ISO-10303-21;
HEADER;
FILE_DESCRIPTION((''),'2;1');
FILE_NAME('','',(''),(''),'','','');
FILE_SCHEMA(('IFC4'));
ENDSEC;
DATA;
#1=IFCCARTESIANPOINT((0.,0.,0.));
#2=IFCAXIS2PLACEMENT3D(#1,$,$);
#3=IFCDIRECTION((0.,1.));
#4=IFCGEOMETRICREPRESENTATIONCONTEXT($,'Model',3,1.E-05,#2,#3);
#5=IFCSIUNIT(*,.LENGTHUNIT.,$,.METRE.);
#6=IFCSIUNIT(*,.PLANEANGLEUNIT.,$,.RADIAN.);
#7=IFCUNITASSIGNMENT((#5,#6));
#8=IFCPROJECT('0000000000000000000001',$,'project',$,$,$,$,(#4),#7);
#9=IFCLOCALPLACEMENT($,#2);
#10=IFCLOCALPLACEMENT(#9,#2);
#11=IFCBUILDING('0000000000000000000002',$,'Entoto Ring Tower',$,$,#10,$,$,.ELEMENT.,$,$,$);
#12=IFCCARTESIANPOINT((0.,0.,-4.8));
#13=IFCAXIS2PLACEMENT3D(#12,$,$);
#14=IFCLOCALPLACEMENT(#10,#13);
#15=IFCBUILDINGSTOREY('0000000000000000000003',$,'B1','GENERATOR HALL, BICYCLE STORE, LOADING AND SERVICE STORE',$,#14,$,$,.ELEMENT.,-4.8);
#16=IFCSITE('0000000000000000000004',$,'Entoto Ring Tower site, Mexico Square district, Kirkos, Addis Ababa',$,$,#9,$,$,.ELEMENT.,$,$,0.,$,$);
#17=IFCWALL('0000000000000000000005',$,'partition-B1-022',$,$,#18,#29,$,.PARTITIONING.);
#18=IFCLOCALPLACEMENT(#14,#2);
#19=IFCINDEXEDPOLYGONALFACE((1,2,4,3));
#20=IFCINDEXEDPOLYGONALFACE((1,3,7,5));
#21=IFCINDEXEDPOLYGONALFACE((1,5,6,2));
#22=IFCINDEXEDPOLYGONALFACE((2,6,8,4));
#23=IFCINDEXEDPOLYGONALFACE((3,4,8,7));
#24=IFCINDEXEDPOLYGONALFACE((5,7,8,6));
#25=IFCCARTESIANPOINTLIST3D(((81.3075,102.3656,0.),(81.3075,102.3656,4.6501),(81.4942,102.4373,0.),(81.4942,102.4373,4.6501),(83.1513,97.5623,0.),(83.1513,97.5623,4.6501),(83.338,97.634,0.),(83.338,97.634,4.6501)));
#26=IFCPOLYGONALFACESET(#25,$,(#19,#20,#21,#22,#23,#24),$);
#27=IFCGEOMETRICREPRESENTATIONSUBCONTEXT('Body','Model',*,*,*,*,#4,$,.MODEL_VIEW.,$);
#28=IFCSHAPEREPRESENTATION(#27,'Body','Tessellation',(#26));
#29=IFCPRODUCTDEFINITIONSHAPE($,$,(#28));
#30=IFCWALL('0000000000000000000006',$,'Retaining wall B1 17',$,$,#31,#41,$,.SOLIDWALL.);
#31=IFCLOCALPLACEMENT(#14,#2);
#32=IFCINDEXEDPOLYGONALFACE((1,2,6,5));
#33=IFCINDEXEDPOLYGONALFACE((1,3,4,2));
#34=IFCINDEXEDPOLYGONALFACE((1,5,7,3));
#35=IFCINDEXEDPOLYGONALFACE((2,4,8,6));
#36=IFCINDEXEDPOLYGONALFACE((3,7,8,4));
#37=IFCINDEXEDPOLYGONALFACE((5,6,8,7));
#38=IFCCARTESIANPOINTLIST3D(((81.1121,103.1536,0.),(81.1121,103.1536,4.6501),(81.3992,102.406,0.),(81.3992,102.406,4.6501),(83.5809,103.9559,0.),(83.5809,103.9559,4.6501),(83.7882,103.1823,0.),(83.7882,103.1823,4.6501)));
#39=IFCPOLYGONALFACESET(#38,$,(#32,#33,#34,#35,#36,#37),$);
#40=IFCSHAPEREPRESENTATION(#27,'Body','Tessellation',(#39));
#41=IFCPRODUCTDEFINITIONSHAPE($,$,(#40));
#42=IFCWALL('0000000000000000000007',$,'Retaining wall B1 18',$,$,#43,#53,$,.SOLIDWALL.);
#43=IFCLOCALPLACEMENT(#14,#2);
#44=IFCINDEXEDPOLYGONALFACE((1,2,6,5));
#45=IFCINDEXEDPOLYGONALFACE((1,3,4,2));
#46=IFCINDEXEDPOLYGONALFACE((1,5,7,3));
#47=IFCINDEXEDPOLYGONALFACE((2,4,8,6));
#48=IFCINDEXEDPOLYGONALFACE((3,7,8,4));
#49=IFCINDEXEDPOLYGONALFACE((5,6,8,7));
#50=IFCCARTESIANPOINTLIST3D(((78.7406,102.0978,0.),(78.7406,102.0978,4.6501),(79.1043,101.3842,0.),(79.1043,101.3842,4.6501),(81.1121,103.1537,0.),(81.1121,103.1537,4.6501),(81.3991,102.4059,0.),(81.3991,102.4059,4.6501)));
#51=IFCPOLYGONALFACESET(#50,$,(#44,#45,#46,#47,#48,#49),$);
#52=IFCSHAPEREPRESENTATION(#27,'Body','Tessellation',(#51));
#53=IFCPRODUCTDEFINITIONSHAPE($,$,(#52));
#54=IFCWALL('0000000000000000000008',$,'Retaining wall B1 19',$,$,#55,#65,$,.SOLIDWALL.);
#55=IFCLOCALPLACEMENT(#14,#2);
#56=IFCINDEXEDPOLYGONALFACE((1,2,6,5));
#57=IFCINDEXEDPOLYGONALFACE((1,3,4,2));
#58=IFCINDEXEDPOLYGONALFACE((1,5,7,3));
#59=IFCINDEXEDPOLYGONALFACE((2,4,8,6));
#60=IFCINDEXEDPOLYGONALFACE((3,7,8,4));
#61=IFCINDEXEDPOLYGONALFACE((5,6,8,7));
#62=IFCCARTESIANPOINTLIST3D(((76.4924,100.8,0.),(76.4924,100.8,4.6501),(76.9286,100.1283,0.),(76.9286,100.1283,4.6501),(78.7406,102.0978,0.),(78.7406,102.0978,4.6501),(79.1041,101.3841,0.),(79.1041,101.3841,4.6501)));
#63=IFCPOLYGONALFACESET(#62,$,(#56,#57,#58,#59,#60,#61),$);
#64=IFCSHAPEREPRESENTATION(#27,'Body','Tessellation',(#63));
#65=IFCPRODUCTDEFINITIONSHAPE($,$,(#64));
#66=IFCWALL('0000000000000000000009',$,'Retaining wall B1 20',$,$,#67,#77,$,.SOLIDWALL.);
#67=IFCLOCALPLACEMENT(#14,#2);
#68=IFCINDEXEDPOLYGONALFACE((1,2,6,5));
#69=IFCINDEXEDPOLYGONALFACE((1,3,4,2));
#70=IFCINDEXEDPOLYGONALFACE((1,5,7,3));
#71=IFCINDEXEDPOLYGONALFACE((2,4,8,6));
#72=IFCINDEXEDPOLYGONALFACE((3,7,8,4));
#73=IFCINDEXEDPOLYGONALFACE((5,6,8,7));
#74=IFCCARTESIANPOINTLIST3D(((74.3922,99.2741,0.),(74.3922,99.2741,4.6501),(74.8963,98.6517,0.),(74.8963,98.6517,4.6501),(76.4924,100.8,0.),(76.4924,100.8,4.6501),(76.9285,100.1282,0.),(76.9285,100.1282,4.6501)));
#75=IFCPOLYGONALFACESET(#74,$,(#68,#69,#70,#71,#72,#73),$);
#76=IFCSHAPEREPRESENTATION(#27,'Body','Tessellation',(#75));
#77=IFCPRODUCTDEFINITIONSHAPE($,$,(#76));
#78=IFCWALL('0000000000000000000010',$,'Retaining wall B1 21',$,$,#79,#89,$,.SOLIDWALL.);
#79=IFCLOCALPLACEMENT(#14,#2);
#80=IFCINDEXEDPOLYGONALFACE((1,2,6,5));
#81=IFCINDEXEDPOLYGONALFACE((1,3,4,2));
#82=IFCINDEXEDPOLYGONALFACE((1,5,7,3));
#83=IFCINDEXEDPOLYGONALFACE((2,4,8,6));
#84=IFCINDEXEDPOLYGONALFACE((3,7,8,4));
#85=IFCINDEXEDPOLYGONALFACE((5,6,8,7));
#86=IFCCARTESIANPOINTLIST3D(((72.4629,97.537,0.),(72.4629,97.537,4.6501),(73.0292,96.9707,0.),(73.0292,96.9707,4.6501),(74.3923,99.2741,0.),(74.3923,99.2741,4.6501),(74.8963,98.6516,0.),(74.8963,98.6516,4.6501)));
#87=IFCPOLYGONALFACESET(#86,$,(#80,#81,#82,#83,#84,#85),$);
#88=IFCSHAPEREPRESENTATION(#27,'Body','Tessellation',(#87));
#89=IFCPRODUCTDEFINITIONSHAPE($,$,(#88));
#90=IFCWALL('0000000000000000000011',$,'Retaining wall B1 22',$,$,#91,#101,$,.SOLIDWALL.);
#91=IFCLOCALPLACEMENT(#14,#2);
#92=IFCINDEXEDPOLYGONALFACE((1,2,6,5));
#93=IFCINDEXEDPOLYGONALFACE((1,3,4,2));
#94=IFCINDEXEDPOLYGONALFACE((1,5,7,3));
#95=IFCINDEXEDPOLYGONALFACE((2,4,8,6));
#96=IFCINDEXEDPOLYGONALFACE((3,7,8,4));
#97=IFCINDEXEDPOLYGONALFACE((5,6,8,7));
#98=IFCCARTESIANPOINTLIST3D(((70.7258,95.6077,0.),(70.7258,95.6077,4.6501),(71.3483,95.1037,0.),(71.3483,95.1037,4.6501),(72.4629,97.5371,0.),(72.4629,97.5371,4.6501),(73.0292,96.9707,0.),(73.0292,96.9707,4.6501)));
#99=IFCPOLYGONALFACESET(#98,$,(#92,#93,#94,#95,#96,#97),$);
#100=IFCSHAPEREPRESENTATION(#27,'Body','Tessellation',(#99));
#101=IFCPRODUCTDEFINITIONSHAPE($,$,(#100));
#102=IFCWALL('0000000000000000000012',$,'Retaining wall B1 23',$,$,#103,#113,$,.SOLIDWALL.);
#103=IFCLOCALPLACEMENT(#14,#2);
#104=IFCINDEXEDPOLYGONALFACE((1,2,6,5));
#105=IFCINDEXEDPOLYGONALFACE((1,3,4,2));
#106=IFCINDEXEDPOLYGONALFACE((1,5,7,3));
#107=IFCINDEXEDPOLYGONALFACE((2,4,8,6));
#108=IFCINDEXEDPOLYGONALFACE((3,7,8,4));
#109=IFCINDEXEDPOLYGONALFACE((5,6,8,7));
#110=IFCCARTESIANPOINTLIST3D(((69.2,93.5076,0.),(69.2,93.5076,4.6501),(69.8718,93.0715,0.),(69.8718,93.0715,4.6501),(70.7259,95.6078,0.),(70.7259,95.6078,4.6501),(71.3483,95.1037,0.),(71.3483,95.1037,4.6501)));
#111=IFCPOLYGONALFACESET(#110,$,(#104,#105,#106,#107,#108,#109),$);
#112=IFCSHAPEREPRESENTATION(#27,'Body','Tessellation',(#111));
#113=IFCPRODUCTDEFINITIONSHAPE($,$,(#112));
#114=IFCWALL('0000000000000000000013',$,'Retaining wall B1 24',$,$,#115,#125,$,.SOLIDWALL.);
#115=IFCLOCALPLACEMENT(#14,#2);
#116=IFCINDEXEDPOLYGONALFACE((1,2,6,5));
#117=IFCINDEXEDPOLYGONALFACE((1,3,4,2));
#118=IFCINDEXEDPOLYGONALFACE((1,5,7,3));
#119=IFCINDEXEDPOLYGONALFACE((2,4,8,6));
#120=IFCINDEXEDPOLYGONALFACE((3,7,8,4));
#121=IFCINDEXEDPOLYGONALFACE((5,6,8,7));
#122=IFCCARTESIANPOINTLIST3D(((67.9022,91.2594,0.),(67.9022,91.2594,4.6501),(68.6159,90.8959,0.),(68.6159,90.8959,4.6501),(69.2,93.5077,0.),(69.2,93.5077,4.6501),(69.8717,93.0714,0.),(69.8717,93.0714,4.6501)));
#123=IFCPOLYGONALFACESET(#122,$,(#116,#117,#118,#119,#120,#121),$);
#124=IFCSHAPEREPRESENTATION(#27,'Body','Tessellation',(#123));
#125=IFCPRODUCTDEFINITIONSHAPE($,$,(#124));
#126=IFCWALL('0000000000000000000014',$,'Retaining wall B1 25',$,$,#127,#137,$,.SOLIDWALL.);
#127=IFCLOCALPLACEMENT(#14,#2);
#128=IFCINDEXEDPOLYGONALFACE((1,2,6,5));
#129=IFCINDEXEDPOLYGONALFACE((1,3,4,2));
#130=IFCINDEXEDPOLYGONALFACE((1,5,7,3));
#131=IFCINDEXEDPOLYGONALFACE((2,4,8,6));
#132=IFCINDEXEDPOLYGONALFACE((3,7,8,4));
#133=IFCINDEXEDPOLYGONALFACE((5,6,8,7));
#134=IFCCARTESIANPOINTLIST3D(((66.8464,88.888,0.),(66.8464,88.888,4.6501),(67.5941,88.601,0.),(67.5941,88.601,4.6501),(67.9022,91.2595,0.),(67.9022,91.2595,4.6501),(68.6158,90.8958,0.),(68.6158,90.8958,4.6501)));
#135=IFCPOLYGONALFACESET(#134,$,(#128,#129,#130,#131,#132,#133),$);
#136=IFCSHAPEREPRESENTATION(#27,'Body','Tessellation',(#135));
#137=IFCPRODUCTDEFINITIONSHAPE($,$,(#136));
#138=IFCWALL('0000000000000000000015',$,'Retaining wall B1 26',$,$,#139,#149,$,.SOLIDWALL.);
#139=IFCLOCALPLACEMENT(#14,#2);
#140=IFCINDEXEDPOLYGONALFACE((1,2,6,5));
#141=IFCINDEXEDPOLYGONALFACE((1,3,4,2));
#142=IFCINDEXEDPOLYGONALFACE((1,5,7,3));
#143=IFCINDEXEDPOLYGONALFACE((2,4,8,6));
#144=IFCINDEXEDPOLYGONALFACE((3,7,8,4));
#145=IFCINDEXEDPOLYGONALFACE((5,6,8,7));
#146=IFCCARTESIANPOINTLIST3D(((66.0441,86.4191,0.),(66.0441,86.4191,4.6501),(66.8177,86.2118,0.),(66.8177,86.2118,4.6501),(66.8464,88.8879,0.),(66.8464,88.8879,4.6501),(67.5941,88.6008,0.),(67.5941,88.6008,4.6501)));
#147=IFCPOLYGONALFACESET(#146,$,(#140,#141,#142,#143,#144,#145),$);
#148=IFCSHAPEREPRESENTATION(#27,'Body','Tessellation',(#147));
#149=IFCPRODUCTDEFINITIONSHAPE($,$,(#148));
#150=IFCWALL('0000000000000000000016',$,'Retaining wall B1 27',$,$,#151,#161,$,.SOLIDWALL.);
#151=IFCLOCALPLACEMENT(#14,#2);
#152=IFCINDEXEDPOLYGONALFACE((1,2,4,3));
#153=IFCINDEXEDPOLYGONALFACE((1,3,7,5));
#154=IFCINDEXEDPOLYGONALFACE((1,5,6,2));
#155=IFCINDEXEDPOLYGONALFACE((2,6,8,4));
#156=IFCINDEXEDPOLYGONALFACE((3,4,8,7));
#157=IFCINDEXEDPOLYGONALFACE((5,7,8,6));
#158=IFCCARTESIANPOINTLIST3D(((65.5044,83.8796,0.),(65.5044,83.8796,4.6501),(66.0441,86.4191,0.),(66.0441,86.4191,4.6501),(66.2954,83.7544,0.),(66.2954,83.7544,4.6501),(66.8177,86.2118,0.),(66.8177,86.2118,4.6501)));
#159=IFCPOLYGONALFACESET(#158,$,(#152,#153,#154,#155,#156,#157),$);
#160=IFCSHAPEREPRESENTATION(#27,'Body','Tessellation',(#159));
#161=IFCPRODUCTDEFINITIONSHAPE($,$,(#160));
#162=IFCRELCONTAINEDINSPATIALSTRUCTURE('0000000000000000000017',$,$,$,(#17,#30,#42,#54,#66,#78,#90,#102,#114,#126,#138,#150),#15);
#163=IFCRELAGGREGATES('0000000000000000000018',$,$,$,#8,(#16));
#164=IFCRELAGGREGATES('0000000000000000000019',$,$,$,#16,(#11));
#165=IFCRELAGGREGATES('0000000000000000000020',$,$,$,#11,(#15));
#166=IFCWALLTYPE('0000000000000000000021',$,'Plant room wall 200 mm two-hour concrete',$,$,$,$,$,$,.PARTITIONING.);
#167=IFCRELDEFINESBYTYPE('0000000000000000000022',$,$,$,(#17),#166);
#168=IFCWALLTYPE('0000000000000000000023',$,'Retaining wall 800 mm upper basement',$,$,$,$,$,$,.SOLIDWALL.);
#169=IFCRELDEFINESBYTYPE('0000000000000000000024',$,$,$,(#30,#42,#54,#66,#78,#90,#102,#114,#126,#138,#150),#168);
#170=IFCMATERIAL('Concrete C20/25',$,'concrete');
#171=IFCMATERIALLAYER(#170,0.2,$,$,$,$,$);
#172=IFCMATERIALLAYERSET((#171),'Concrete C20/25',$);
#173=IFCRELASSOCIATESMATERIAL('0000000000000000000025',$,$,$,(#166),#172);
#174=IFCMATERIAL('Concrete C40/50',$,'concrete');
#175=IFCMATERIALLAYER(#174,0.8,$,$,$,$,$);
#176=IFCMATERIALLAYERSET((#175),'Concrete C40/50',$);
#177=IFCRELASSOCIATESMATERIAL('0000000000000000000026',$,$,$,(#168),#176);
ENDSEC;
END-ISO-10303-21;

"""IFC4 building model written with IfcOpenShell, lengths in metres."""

from ifc_helpers import new_model, si_unit, direction, frame, frame_2d, origin, place, context, subcontext, project, spatial, polyline, rectangle, outline, extrude, material, layer, layer_set, type_object, element, save


model = new_model("IFC4")

# Units and contexts
model_context = context("Model", 3, precision=1e-05, world=origin(), true_north=direction((0.0, 1.0)))
body_context = subcontext(model_context, "Body", "Model", "MODEL_VIEW")
ifc_project = project(units=[si_unit("LENGTHUNIT", "METRE"), si_unit("PLANEANGLEUNIT", "RADIAN")], contexts=[model_context])

# Site, building, storey
site_placement = place(None, origin())
site = spatial("IfcSite", under=ifc_project, at=site_placement, Name="Entoto Ring Tower site, Mexico Square district, Kirkos, Addis Ababa", CompositionType="ELEMENT", RefElevation=0.0)
building_placement = place(site_placement, origin())
building = spatial("IfcBuilding", under=site, at=building_placement, Name="Entoto Ring Tower", CompositionType="ELEMENT")
storey_placement = place(building_placement, frame((0.0, 0.0, -4.8)))
storey = spatial("IfcBuildingStorey", under=building, at=storey_placement, Name="B1", Description="GENERATOR HALL, BICYCLE STORE, LOADING AND SERVICE STORE", CompositionType="ELEMENT", Elevation=-4.8)

# Shared definitions
ifc_material_1 = material(Name="Concrete C20/25", Category="concrete")
ifc_layer_1 = layer(ifc_material_1, 0.2)
ifc_layer_set_1 = layer_set([ifc_layer_1], Name="Concrete C20/25")
wall_type_1 = type_object("IfcWallType", Name="Plant room wall 200 mm two-hour concrete", PredefinedType="PARTITIONING", material=ifc_layer_set_1)

# Walls
wall_1_placement = place(storey_placement, frame((83.2446, 97.5981, 0.0), z_axis=(0.0, 0.0, 1.0), x_axis=(-0.358362, 0.933583, 0.0)))
element("IfcWall", 1, at=wall_1_placement, inside=storey, type_object=wall_type_1, Name="partition-B1-022", PredefinedType="PARTITIONING", context=body_context, shape_type="SweptSolid", body=[
    extrude(rectangle(XDim=5.145, YDim=0.2, at=frame_2d((2.5725, 0.0))), origin(), (0.0, 0.0, 1.0), 4.6501),
])
ifc_material_2 = material(Name="Concrete C40/50", Category="concrete")
ifc_layer_2 = layer(ifc_material_2, 0.8)
ifc_layer_set_2 = layer_set([ifc_layer_2], Name="Concrete C40/50")
wall_type_2 = type_object("IfcWallType", Name="Retaining wall 800 mm upper basement", PredefinedType="SOLIDWALL", material=ifc_layer_set_2)
for number, where, z_axis, x_axis, name in (
    (2, (83.6846, 103.5691, 0.0), (0.0, 0.0, 1.0), (-0.951046, -0.309049, 0.0), "Retaining wall B1 17"),
    (3, (81.2556, 102.7798, 0.0), (0.0, 0.0, 1.0), (-0.913547, -0.406733, 0.0), "Retaining wall B1 18"),
    (4, (78.9224, 101.741, 0.0), (0.0, 0.0, 1.0), (-0.866058, -0.499943, 0.0), "Retaining wall B1 19"),
    (5, (76.7104, 100.4641, 0.0), (0.0, 0.0, 1.0), (-0.809005, -0.587802, 0.0), "Retaining wall B1 20"),
):
    element("IfcWall", number, at=place(storey_placement, frame(where, z_axis=z_axis, x_axis=x_axis)), inside=storey, type_object=wall_type_2, Name=name, PredefinedType="SOLIDWALL", context=body_context, shape_type="SweptSolid", body=[
        extrude(outline(polyline([(-0.021, -0.3999), (2.575, -0.3999), (2.533, 0.3999), (0.021, 0.3999), (-0.021, -0.3999)])), origin(), (0.0, 0.0, 1.0), 4.6501),
    ])
for number, where, z_axis, x_axis, name in (
    (6, (74.6443, 98.9629, 0.0), (0.0, 0.0, 1.0), (-0.743175, -0.669097, 0.0), "Retaining wall B1 21"),
    (7, (72.7461, 97.2539, 0.0), (0.0, 0.0, 1.0), (-0.669097, -0.743175, 0.0), "Retaining wall B1 22"),
):
    element("IfcWall", number, at=place(storey_placement, frame(where, z_axis=z_axis, x_axis=x_axis)), inside=storey, type_object=wall_type_2, Name=name, PredefinedType="SOLIDWALL", context=body_context, shape_type="SweptSolid", body=[
        extrude(outline(polyline([(-0.021, -0.3999), (2.5752, -0.3999), (2.5332, 0.3999), (0.021, 0.3999), (-0.021, -0.3999)])), origin(), (0.0, 0.0, 1.0), 4.6501),
    ])
for number, where, z_axis, x_axis, name in (
    (8, (71.0371, 95.3557, 0.0), (0.0, 0.0, 1.0), (-0.587802, -0.809005, 0.0), "Retaining wall B1 23"),
    (9, (69.5359, 93.2896, 0.0), (0.0, 0.0, 1.0), (-0.499943, -0.866058, 0.0), "Retaining wall B1 24"),
    (10, (68.259, 91.0776, 0.0), (0.0, 0.0, 1.0), (-0.406733, -0.913547, 0.0), "Retaining wall B1 25"),
    (11, (67.2202, 88.7444, 0.0), (0.0, 0.0, 1.0), (-0.309049, -0.951046, 0.0), "Retaining wall B1 26"),
):
    element("IfcWall", number, at=place(storey_placement, frame(where, z_axis=z_axis, x_axis=x_axis)), inside=storey, type_object=wall_type_2, Name=name, PredefinedType="SOLIDWALL", context=body_context, shape_type="SweptSolid", body=[
        extrude(outline(polyline([(-0.021, -0.3999), (2.575, -0.3999), (2.533, 0.3999), (0.021, 0.3999), (-0.021, -0.3999)])), origin(), (0.0, 0.0, 1.0), 4.6501),
    ])
wall_2_placement = place(storey_placement, frame((66.4309, 86.3154, 0.0), z_axis=(0.0, 0.0, 1.0), x_axis=(-0.207903, -0.978149, 0.0)))
element("IfcWall", 12, at=wall_2_placement, inside=storey, type_object=wall_type_2, Name="Retaining wall B1 27", PredefinedType="SOLIDWALL", context=body_context, shape_type="SweptSolid", body=[
    extrude(outline(polyline([(-0.021, -0.3999), (2.5752, -0.3999), (2.5332, 0.3999), (0.021, 0.3999), (-0.021, -0.3999)])), origin(), (0.0, 0.0, 1.0), 4.6501),
])

save(model, "model.ifc")
